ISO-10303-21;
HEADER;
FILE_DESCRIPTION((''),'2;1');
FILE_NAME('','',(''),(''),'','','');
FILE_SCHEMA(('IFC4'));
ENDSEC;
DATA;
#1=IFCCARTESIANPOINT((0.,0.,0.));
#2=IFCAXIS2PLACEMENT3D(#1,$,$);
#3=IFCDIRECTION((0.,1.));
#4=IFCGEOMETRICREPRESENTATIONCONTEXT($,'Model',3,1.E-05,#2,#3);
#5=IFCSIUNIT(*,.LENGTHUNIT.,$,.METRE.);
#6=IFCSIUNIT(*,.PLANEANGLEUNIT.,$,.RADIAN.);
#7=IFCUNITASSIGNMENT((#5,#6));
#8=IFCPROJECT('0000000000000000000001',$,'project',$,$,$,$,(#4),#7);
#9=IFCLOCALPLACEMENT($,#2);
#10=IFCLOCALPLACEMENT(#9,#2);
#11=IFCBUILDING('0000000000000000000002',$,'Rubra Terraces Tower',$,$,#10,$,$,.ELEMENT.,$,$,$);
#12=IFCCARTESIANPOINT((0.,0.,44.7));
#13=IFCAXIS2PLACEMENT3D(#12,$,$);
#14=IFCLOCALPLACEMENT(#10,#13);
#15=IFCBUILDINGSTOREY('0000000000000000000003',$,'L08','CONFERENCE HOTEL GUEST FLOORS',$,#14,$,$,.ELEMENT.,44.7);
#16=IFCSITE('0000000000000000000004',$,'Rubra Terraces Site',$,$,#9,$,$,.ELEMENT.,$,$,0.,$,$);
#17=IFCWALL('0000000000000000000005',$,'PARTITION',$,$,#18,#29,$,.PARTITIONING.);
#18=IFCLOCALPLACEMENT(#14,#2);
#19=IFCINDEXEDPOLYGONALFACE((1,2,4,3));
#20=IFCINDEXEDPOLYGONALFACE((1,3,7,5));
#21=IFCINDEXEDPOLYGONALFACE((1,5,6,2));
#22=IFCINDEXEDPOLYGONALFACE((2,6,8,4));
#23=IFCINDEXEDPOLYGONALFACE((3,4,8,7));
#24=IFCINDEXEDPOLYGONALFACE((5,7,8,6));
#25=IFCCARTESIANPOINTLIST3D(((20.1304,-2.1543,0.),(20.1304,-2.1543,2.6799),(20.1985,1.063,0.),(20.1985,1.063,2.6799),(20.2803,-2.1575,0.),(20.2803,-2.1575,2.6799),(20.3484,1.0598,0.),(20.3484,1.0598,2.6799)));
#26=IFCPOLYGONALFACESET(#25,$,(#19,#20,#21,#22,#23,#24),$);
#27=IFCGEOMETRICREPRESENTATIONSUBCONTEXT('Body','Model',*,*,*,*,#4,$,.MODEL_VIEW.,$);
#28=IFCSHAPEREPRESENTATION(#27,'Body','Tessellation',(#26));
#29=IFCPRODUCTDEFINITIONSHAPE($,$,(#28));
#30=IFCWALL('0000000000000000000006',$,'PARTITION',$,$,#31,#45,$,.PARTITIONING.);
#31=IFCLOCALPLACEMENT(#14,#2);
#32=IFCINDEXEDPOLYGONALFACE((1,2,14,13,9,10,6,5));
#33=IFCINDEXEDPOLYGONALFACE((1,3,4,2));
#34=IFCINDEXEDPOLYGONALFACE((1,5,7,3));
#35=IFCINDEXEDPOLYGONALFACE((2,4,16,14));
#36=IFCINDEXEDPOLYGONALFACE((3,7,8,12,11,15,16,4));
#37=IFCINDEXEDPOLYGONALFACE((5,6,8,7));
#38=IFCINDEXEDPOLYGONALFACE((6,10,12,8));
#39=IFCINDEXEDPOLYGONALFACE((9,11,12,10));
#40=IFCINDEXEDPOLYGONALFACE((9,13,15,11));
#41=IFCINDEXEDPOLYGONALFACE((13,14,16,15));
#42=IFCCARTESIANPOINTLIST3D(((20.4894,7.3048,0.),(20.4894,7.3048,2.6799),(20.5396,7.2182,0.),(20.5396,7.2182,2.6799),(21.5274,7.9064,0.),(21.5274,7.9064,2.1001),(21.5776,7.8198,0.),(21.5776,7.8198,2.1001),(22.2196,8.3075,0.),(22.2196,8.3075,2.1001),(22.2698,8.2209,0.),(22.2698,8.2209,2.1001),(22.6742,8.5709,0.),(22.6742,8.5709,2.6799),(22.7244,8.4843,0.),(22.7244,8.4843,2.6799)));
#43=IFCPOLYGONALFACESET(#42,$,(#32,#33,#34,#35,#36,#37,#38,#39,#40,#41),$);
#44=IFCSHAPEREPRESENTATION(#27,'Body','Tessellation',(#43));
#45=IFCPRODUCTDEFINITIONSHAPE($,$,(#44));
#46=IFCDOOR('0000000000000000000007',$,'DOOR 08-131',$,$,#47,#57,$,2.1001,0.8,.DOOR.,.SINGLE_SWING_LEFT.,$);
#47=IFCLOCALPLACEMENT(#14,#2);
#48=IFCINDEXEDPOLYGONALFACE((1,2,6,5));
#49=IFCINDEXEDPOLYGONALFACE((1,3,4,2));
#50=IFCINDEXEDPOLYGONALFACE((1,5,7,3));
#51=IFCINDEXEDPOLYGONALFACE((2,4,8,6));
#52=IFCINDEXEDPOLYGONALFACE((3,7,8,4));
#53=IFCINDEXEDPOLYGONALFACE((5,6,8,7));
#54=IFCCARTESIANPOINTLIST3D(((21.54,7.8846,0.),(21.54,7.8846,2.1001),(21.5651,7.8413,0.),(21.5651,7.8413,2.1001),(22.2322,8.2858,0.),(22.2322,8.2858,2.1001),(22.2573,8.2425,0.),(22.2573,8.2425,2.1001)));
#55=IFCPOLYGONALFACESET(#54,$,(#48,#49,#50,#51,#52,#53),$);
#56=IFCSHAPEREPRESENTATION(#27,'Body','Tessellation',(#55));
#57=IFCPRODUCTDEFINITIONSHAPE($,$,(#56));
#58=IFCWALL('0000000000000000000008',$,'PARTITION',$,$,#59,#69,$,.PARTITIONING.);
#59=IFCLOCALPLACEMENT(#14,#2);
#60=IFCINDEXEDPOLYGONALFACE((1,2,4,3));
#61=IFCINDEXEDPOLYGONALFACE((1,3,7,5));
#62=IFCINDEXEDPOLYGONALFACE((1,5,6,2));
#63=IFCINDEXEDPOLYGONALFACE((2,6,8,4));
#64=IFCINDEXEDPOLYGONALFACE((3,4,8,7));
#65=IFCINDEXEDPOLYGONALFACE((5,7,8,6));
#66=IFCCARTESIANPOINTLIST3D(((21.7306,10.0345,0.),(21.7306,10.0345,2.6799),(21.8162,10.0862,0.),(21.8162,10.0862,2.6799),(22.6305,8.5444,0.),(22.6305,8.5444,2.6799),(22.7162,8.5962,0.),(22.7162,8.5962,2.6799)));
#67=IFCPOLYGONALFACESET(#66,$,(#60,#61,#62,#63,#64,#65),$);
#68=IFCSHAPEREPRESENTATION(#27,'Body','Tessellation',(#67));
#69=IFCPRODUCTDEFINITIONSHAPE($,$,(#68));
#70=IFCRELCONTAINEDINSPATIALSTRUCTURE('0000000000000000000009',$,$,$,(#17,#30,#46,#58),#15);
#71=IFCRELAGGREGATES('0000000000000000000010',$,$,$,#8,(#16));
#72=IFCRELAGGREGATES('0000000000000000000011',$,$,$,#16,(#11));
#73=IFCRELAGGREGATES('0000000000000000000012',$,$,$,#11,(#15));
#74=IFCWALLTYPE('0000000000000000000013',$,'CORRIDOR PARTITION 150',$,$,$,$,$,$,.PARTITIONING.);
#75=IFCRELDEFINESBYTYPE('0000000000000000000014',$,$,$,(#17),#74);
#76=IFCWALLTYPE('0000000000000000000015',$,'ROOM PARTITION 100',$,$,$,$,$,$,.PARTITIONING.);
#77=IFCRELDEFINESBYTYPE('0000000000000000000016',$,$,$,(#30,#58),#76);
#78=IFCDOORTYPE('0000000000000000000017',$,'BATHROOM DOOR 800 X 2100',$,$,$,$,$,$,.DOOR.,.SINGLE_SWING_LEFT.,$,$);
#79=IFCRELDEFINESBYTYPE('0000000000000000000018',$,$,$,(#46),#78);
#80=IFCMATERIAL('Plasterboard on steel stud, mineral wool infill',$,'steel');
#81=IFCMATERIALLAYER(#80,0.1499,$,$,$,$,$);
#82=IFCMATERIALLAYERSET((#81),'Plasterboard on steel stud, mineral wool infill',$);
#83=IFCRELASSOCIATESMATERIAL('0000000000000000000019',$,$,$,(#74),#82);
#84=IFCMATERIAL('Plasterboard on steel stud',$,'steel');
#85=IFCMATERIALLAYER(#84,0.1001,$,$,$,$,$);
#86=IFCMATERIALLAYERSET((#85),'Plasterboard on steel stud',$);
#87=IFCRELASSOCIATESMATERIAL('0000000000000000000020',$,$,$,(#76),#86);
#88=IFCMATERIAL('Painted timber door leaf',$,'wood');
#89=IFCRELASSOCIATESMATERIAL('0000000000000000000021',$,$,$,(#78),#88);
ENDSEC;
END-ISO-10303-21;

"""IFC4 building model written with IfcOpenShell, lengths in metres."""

from ifc_helpers import new_model, si_unit, direction, frame, frame_2d, origin, place, context, subcontext, project, spatial, rectangle, extrude, material, layer, layer_set, type_object, element, fill, save


model = new_model("IFC4")

# Units and contexts
model_context = context("Model", 3, precision=1e-05, world=origin(), true_north=direction((0.0, 1.0)))
body_context = subcontext(model_context, "Body", "Model", "MODEL_VIEW")
ifc_project = project(units=[si_unit("LENGTHUNIT", "METRE"), si_unit("PLANEANGLEUNIT", "RADIAN")], contexts=[model_context])

# Site, building, storey
site_placement = place(None, origin())
site = spatial("IfcSite", under=ifc_project, at=site_placement, Name="Rubra Terraces Site", CompositionType="ELEMENT", RefElevation=0.0)
building_placement = place(site_placement, origin())
building = spatial("IfcBuilding", under=site, at=building_placement, Name="Rubra Terraces Tower", CompositionType="ELEMENT")
storey_placement = place(building_placement, frame((0.0, 0.0, 44.7)))
storey = spatial("IfcBuildingStorey", under=building, at=storey_placement, Name="L08", Description="CONFERENCE HOTEL GUEST FLOORS", CompositionType="ELEMENT", Elevation=44.7)

# Shared definitions
ifc_material_1 = material(Name="Plasterboard on steel stud, mineral wool infill", Category="steel")
ifc_layer_1 = layer(ifc_material_1, 0.1499)
ifc_layer_set_1 = layer_set([ifc_layer_1], Name="Plasterboard on steel stud, mineral wool infill")
wall_type_1 = type_object("IfcWallType", Name="CORRIDOR PARTITION 150", PredefinedType="PARTITIONING", material=ifc_layer_set_1)
ifc_material_2 = material(Name="Painted timber door leaf", Category="wood")

# Wall
wall_1_placement = place(storey_placement, frame((20.2734, 1.0613, 0.0), z_axis=(0.0, 0.0, 1.0), x_axis=(-0.021167, -0.999776, 0.0)))
element("IfcWall", 1, at=wall_1_placement, inside=storey, type_object=wall_type_1, Name="PARTITION", PredefinedType="PARTITIONING", context=body_context, shape_type="SweptSolid", body=[
    extrude(rectangle(XDim=3.218, YDim=0.1499, at=frame_2d((1.6089, 0.0))), origin(), (0.0, 0.0, 1.0), 2.6799),
])

# Wall, opening, door
ifc_material_3 = material(Name="Plasterboard on steel stud", Category="steel")
ifc_layer_2 = layer(ifc_material_3, 0.1001)
ifc_layer_set_2 = layer_set([ifc_layer_2], Name="Plasterboard on steel stud")
wall_type_2 = type_object("IfcWallType", Name="ROOM PARTITION 100", PredefinedType="PARTITIONING", material=ifc_layer_set_2)
wall_2_placement = place(storey_placement, frame((20.5144, 7.2615, 0.0), z_axis=(0.0, 0.0, 1.0), x_axis=(0.865217, 0.501398, 0.0)))
wall_2 = element("IfcWall", 2, at=wall_2_placement, inside=storey, type_object=wall_type_2, Name="PARTITION", PredefinedType="PARTITIONING", context=body_context, shape_type="SweptSolid", body=[
    extrude(rectangle(XDim=2.5251, YDim=0.1001, at=frame_2d((1.2627, 0.0))), origin(), (0.0, 0.0, 1.0), 2.6799),
])
opening_1_placement = place(wall_2_placement, frame((1.2, 0.0, 0.0)))
opening_1 = element("IfcOpeningElement", 3, at=opening_1_placement, cuts=wall_2, PredefinedType="OPENING", context=body_context, shape_type="SweptSolid", body=[
    extrude(rectangle(XDim=0.8, YDim=2.1001, at=frame_2d((0.3999, 1.05))), frame((0.0, 0.0601, 0.0), z_axis=(0.0, -1.0, 0.0), x_axis=(1.0, 0.0, 0.0)), (0.0, 0.0, 1.0), 0.1201),
])
door_type_1 = type_object("IfcDoorType", Name="BATHROOM DOOR 800 X 2100", OperationType="SINGLE_SWING_LEFT", PredefinedType="DOOR", material=ifc_material_2)
door_1_placement = place(opening_1_placement, origin())
door_1 = element("IfcDoor", 4, at=door_1_placement, inside=storey, type_object=door_type_1, Name="DOOR 08-131", OperationType="SINGLE_SWING_LEFT", OverallHeight=2.1001, OverallWidth=0.8, PredefinedType="DOOR", context=body_context, shape_type="SweptSolid", body=[
    extrude(rectangle(XDim=0.8, YDim=2.1001, at=frame_2d((0.3999, 1.05))), frame((0.0, 0.0249, 0.0), z_axis=(0.0, -1.0, 0.0), x_axis=(1.0, 0.0, 0.0)), (0.0, 0.0, 1.0), 0.05),
])
fill(opening_1, door_1)

# Wall
wall_3_placement = place(storey_placement, frame((22.6733, 8.5703, 0.0), z_axis=(0.0, 0.0, 1.0), x_axis=(-0.516989, 0.855992, 0.0)))
element("IfcWall", 5, at=wall_3_placement, inside=storey, type_object=wall_type_2, Name="PARTITION", PredefinedType="PARTITIONING", context=body_context, shape_type="SweptSolid", body=[
    extrude(rectangle(XDim=1.7407, YDim=0.1001, at=frame_2d((0.8704, 0.0))), origin(), (0.0, 0.0, 1.0), 2.6799),
])

save(model, "model.ifc")
